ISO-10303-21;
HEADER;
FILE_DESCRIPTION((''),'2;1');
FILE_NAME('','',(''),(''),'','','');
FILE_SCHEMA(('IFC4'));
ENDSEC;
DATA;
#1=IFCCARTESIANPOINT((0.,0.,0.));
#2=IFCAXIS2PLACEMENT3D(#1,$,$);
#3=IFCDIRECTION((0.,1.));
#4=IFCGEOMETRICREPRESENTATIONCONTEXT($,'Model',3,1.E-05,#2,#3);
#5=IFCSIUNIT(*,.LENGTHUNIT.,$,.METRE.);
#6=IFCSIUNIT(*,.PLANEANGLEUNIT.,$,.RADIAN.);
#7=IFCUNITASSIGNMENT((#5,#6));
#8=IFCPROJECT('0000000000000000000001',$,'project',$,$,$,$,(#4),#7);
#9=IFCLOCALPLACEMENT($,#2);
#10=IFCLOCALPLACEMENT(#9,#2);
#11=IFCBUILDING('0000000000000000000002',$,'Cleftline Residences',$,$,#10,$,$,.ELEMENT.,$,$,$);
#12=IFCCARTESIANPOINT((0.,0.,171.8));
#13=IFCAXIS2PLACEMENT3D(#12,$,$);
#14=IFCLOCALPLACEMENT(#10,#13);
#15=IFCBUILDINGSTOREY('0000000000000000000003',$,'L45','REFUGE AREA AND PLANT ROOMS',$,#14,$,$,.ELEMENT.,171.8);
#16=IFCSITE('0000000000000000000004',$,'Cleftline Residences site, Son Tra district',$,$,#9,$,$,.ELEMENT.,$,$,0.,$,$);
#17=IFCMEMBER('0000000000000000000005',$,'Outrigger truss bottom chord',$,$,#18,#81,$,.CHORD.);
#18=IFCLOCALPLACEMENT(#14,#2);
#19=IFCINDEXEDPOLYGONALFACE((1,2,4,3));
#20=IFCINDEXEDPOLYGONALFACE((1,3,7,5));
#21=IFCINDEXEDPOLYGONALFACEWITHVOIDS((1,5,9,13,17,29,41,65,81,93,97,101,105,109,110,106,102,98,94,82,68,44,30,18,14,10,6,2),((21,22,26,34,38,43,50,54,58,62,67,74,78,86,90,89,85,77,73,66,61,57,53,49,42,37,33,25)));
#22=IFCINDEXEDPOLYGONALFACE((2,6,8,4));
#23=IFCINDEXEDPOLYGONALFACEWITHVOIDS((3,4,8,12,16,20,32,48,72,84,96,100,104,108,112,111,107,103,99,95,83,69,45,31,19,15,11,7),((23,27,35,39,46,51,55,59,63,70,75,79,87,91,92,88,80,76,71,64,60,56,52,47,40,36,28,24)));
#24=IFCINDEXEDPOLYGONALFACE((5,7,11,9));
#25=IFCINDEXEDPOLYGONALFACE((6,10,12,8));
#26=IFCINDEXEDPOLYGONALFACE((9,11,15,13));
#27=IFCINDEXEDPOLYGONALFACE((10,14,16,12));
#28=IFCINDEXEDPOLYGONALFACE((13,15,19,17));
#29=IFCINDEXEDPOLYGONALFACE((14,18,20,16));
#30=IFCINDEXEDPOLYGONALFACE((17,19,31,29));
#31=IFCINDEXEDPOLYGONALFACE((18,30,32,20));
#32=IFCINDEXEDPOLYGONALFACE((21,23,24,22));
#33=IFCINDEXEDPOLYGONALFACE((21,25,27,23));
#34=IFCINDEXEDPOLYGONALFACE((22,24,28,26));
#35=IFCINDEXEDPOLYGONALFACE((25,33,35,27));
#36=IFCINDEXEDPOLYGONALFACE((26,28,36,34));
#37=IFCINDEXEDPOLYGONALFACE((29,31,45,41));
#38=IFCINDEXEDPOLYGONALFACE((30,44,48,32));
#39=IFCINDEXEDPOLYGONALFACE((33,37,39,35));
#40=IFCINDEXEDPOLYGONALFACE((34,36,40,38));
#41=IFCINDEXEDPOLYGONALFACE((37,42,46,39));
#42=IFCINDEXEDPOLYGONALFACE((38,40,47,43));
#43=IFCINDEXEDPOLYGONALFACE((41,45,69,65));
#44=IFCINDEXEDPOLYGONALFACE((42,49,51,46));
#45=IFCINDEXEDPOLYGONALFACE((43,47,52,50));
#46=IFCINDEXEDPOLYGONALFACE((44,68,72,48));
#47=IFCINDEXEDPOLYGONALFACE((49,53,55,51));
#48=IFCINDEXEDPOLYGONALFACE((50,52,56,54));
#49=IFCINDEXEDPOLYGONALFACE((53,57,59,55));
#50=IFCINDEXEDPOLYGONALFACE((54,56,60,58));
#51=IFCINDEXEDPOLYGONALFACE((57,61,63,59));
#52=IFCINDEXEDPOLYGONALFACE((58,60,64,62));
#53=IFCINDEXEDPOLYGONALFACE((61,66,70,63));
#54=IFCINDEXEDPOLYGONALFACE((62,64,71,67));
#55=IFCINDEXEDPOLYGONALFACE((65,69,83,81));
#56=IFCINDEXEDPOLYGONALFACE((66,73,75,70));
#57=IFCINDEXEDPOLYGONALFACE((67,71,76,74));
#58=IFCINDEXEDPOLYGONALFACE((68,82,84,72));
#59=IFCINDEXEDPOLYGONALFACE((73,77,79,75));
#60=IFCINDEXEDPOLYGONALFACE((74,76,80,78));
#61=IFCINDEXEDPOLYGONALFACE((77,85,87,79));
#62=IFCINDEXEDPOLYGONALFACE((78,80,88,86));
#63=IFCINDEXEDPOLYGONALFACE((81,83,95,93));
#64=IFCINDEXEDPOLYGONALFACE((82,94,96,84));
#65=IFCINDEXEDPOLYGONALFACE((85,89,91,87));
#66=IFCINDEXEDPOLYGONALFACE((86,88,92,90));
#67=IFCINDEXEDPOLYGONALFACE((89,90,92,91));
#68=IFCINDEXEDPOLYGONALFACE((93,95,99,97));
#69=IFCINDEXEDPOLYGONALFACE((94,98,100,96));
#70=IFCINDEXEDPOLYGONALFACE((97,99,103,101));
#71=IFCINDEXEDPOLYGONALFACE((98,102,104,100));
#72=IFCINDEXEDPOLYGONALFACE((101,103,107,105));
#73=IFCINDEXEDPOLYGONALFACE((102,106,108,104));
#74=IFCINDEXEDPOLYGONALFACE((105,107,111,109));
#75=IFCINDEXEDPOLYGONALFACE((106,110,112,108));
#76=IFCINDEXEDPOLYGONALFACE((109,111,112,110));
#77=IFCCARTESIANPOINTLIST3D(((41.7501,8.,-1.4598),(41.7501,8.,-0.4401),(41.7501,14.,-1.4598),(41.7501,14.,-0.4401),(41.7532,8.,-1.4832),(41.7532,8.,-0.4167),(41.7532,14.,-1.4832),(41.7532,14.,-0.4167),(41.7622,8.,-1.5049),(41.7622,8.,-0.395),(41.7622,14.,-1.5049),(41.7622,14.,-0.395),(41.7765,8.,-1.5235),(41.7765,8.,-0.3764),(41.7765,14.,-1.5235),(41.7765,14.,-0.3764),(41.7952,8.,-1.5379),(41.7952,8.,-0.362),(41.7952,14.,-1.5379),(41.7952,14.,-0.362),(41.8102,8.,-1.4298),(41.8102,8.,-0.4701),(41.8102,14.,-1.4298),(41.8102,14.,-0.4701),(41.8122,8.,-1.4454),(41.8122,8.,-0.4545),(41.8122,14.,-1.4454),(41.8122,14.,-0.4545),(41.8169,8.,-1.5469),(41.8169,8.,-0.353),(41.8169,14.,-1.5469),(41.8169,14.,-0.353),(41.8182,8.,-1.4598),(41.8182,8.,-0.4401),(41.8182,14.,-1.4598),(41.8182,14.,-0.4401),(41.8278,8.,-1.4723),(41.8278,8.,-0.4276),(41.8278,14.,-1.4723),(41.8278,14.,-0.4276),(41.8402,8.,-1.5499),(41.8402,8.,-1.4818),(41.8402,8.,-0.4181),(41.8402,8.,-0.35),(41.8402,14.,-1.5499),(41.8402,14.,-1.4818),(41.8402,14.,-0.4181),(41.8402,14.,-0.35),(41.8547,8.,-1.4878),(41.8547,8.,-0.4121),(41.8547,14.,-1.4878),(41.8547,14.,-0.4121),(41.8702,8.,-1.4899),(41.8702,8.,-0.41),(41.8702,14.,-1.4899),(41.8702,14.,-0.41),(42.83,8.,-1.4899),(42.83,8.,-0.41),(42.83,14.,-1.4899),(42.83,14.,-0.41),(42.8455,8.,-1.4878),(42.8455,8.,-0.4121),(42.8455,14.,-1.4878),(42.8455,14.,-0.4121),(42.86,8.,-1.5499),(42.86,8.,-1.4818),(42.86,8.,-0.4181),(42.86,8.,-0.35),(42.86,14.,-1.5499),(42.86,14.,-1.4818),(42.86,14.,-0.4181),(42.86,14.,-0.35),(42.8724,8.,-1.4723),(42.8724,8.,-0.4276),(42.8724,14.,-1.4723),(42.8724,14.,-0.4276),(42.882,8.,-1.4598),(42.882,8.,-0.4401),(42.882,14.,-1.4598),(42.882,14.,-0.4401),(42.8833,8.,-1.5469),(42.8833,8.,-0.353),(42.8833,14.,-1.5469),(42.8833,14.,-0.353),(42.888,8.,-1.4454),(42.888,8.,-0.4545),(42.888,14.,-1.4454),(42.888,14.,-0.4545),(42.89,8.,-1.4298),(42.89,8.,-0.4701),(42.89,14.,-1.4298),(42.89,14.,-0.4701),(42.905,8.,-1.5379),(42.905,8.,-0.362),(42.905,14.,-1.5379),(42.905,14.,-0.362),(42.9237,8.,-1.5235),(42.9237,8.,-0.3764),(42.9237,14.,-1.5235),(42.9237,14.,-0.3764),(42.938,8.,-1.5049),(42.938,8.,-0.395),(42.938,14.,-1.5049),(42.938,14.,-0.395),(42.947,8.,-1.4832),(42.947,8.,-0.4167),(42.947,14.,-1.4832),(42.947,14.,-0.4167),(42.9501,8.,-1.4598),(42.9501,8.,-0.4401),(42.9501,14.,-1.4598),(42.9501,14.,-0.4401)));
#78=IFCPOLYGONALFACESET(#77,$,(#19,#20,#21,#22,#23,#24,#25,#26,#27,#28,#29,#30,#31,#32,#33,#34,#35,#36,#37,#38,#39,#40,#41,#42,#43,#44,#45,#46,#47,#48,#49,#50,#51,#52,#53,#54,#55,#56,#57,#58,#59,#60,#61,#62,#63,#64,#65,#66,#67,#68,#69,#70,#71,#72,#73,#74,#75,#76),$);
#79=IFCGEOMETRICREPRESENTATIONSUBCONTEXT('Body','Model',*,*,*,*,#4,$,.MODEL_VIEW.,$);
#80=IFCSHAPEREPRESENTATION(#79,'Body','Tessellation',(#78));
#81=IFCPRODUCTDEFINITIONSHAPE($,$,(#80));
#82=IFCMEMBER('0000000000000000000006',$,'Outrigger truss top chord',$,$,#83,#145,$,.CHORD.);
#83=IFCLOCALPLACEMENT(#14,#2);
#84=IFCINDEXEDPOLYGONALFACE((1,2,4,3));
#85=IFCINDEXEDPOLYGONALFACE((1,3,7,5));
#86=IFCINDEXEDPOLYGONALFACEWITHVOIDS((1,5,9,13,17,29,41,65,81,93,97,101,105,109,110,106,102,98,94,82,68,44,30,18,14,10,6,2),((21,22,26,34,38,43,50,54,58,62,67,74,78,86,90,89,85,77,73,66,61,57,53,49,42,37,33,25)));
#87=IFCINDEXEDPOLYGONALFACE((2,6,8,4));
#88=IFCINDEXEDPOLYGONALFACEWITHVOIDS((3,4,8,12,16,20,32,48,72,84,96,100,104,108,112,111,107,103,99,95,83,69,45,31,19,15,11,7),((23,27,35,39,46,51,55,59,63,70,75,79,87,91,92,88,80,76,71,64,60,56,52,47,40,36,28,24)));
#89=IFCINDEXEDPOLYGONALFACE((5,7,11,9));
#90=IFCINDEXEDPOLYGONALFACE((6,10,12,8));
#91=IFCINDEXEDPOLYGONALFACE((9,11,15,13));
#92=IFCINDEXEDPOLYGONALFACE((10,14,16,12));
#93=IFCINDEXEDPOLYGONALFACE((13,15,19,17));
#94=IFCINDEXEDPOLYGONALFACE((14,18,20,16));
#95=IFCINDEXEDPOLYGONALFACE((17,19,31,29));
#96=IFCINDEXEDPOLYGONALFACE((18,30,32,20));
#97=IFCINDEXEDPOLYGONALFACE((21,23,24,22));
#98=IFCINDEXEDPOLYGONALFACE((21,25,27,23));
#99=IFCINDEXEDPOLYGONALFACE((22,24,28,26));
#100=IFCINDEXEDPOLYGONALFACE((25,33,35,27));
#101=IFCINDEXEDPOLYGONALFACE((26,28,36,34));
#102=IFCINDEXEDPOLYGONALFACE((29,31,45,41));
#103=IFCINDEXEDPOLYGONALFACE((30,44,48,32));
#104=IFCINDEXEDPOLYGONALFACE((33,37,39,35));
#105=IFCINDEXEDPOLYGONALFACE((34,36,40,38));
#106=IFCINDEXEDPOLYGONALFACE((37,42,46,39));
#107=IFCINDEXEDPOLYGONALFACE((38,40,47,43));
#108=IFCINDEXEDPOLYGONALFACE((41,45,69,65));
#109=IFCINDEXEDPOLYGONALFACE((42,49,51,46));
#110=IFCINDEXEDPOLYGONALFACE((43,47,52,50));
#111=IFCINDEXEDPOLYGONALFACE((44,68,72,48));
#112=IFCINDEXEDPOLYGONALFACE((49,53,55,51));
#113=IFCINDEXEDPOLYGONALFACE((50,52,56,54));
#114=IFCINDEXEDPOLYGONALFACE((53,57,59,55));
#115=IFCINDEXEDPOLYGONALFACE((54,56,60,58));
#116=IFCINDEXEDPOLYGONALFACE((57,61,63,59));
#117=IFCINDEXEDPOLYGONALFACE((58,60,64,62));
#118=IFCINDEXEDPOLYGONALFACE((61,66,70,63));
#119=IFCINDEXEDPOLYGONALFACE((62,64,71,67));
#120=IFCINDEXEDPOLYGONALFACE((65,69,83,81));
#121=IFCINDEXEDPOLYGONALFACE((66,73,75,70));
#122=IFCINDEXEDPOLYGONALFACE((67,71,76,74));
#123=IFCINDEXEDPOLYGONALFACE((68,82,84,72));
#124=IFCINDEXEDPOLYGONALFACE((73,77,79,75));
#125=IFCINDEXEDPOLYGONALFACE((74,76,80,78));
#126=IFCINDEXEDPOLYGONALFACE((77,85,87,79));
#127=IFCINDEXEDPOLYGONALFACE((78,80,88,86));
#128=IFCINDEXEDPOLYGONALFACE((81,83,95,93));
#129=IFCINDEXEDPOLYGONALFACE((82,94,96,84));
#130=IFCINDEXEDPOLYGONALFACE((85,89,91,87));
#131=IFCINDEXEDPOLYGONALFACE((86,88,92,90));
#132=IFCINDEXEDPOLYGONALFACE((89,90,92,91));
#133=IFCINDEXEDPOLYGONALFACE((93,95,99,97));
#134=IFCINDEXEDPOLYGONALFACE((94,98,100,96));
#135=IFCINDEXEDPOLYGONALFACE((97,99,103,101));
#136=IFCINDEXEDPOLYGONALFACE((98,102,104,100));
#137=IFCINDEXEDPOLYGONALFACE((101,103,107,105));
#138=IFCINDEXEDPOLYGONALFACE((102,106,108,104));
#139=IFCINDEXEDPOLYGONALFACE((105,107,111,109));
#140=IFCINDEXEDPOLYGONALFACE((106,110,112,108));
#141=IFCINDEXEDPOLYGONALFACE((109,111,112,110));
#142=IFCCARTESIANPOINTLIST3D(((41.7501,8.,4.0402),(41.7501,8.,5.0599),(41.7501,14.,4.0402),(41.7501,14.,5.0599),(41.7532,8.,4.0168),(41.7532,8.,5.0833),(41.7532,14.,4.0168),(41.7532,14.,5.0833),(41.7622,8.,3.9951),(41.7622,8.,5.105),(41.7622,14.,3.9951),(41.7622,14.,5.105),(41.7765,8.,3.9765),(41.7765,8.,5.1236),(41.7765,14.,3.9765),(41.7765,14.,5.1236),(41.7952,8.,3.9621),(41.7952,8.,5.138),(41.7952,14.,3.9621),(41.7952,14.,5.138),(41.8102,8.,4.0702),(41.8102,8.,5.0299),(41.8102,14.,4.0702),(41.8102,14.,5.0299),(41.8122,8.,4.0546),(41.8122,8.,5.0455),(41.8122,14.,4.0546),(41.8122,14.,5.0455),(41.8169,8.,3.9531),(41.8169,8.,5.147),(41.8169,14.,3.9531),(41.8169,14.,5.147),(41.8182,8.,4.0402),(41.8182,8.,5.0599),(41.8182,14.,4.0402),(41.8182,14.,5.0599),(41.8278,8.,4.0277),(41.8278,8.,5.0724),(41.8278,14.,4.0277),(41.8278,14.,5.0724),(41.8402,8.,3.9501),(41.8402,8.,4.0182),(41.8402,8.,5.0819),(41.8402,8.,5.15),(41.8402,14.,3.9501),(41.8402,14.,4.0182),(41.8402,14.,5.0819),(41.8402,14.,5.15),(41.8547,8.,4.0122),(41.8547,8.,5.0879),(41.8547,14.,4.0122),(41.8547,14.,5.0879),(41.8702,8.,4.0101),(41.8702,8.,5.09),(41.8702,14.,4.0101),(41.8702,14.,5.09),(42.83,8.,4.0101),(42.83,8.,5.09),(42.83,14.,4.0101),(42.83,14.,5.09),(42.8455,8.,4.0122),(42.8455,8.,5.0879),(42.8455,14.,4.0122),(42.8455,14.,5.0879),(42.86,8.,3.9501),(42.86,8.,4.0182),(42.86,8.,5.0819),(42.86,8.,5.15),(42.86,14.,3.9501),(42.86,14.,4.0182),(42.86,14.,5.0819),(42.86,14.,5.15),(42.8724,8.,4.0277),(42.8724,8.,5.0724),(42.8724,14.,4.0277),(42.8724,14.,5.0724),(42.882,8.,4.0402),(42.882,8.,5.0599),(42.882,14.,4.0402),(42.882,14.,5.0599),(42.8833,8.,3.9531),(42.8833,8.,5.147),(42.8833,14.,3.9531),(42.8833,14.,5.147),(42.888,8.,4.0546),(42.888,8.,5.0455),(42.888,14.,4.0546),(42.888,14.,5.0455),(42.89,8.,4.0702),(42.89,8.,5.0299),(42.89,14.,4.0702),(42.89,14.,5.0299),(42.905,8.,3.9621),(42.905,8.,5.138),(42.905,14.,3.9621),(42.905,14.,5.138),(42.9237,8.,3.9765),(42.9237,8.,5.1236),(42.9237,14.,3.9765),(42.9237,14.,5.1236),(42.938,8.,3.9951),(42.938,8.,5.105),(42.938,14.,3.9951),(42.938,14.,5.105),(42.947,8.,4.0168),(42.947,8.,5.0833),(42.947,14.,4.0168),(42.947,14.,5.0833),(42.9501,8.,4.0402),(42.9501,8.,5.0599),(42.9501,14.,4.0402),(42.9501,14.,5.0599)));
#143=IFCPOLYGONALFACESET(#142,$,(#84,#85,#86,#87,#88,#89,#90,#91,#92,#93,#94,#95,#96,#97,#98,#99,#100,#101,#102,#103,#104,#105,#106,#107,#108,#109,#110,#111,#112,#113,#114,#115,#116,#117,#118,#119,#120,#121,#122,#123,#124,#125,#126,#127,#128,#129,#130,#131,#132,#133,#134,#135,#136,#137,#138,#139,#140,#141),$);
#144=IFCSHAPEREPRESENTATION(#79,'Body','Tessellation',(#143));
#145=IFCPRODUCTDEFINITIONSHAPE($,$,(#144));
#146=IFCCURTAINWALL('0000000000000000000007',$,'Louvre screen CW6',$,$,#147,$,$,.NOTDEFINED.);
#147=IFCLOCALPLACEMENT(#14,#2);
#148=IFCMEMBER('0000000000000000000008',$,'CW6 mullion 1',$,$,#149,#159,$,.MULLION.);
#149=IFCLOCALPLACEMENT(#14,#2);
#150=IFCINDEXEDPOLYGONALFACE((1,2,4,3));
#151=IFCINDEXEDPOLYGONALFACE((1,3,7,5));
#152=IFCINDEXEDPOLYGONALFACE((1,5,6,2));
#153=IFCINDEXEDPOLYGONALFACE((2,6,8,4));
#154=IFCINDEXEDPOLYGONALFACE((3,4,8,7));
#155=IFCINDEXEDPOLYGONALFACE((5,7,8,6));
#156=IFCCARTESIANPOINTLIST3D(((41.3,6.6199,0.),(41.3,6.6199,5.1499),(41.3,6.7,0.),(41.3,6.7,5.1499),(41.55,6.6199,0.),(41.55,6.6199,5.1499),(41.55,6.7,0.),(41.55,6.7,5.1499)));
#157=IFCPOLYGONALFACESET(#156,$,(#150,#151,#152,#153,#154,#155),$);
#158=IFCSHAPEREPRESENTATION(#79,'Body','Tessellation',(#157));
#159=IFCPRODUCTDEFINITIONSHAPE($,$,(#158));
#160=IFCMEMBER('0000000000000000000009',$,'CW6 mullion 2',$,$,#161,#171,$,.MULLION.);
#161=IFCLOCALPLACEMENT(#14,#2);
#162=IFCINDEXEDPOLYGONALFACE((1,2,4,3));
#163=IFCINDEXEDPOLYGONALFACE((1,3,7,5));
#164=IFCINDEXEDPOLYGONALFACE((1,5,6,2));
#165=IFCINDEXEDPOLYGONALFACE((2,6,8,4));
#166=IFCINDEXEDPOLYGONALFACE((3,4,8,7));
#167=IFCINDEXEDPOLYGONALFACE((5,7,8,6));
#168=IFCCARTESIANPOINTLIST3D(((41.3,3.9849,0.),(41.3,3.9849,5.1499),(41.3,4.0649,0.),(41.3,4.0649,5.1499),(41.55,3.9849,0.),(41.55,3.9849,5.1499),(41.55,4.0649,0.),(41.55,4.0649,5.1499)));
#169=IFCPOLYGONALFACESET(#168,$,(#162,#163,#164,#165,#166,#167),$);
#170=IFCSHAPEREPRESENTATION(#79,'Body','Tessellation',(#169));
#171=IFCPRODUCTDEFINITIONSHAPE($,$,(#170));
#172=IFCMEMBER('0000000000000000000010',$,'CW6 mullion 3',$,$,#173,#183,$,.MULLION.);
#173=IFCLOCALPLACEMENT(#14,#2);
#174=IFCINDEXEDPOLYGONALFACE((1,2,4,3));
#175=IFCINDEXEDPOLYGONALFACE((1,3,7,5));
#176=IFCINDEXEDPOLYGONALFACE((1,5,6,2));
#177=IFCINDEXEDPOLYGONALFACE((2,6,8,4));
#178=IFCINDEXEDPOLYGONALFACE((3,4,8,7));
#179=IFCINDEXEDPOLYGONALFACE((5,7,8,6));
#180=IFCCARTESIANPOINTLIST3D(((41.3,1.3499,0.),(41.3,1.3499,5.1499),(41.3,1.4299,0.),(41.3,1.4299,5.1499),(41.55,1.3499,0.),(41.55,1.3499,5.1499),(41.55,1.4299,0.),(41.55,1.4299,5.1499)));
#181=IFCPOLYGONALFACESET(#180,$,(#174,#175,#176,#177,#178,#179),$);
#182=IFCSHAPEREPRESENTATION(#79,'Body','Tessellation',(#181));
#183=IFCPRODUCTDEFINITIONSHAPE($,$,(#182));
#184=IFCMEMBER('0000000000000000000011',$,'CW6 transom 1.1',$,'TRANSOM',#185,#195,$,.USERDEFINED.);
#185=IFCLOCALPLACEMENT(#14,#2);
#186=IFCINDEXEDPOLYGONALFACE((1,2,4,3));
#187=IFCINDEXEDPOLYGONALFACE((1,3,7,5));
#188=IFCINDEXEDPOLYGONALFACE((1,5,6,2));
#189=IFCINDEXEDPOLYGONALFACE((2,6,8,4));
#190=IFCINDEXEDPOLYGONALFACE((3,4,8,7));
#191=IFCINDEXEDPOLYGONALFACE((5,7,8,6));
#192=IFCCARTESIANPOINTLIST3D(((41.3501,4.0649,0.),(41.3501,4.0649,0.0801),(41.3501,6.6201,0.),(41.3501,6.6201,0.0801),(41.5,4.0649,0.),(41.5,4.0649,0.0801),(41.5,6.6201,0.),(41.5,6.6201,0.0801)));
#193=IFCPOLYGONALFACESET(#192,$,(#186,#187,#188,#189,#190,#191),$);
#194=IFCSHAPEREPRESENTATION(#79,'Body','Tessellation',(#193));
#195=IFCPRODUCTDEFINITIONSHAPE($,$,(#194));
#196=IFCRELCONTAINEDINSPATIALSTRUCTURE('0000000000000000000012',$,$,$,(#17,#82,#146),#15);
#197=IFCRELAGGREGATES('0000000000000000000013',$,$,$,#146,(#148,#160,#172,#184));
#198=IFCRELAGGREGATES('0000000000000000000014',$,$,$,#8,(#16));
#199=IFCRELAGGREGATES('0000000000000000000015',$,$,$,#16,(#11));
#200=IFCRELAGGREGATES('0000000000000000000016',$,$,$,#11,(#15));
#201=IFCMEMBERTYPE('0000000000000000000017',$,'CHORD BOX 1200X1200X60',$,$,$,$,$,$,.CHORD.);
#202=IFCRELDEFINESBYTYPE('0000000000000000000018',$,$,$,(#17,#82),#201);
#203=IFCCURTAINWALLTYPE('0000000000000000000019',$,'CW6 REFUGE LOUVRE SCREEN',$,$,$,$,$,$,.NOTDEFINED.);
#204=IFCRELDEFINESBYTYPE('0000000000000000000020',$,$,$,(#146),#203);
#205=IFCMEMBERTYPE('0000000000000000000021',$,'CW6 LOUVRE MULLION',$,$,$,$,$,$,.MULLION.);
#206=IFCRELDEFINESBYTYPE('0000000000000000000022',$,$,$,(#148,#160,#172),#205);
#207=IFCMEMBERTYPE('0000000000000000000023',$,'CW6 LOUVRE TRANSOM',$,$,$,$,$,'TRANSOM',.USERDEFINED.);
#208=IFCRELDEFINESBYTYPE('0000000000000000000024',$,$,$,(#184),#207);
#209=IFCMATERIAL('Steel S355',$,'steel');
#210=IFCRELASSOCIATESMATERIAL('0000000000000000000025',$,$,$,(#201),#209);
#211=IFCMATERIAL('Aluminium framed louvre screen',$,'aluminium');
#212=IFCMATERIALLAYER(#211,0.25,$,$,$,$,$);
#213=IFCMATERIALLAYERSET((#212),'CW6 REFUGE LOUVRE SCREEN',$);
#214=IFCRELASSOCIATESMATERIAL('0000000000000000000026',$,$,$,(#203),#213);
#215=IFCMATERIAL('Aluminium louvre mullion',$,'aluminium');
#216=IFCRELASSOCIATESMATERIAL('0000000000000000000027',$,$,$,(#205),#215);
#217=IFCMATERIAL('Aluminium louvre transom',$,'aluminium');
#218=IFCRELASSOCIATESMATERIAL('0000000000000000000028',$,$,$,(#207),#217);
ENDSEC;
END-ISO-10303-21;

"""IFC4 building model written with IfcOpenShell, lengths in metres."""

from ifc_helpers import new_model, si_unit, direction, frame, origin, origin_2d, place, context, subcontext, project, spatial, rectangle, hollow_rectangle, extrude, material, layer, layer_set, material_profile, profile_set, type_object, element, aggregate, save


model = new_model("IFC4")

# Units and contexts
model_context = context("Model", 3, precision=1e-05, world=origin(), true_north=direction((0.0, 1.0)))
body_context = subcontext(model_context, "Body", "Model", "MODEL_VIEW")
ifc_project = project(units=[si_unit("LENGTHUNIT", "METRE"), si_unit("PLANEANGLEUNIT", "RADIAN")], contexts=[model_context])

# Site, building, storey
site_placement = place(None, origin())
site = spatial("IfcSite", under=ifc_project, at=site_placement, Name="Cleftline Residences site, Son Tra district", CompositionType="ELEMENT", RefElevation=0.0)
building_placement = place(site_placement, origin())
building = spatial("IfcBuilding", under=site, at=building_placement, Name="Cleftline Residences", CompositionType="ELEMENT")
storey_placement = place(building_placement, frame((0.0, 0.0, 171.8)))
storey = spatial("IfcBuildingStorey", under=building, at=storey_placement, Name="L45", Description="REFUGE AREA AND PLANT ROOMS", CompositionType="ELEMENT", Elevation=171.8)

# Members
ifc_material_1 = material(Name="Steel S355", Category="steel")
ifc_material_profile_1 = material_profile(ifc_material_1, hollow_rectangle(XDim=1.2, YDim=1.2, WallThickness=0.0601, InnerFilletRadius=0.0601, OuterFilletRadius=0.0901, at=origin_2d()))
ifc_profile_set_1 = profile_set([ifc_material_profile_1], Name="Steel S355")
member_type_1 = type_object("IfcMemberType", Name="CHORD BOX 1200X1200X60", PredefinedType="CHORD", material=ifc_profile_set_1)
for number, where, z_axis, x_axis, name in (
    (1, (42.3501, 8.0, -0.95), (0.0, 1.0, 0.0), (-1.0, 0.0, 0.0), "Outrigger truss bottom chord"),
    (2, (42.3501, 8.0, 4.55), (0.0, 1.0, 0.0), (-1.0, 0.0, 0.0), "Outrigger truss top chord"),
):
    element("IfcMember", number, at=place(storey_placement, frame(where, z_axis=z_axis, x_axis=x_axis)), inside=storey, type_object=member_type_1, Name=name, PredefinedType="CHORD", context=body_context, shape_type="SweptSolid", body=[
        extrude(hollow_rectangle(XDim=1.2, YDim=1.2, WallThickness=0.0601, InnerFilletRadius=0.0601, OuterFilletRadius=0.0901, at=origin_2d()), origin(), (0.0, 0.0, 1.0), 6.0),
    ])

# Curtain wall, members
ifc_material_2 = material(Name="Aluminium framed louvre screen", Category="aluminium")
ifc_layer_1 = layer(ifc_material_2, 0.25)
ifc_layer_set_1 = layer_set([ifc_layer_1], Name="CW6 REFUGE LOUVRE SCREEN")
curtain_wall_type = type_object("IfcCurtainWallType", Name="CW6 REFUGE LOUVRE SCREEN", PredefinedType="NOTDEFINED", material=ifc_layer_set_1)
curtain_wall_placement = place(storey_placement, origin())
curtain_wall = element("IfcCurtainWall", 3, at=curtain_wall_placement, inside=storey, type_object=curtain_wall_type, Name="Louvre screen CW6", PredefinedType="NOTDEFINED")
ifc_material_3 = material(Name="Aluminium louvre mullion", Category="aluminium")
ifc_material_profile_2 = material_profile(ifc_material_3, rectangle(XDim=0.25, YDim=0.0801, at=origin_2d()))
ifc_profile_set_2 = profile_set([ifc_material_profile_2], Name="Aluminium louvre mullion")
member_type_2 = type_object("IfcMemberType", Name="CW6 LOUVRE MULLION", PredefinedType="MULLION", material=ifc_profile_set_2)
member_1_placement = place(storey_placement, frame((41.425, 6.6599, 0.0), z_axis=(0.0, 0.0, 1.0), x_axis=(1.0, 0.0, 0.0)))
member_1 = element("IfcMember", 4, at=member_1_placement, type_object=member_type_2, Name="CW6 mullion 1", PredefinedType="MULLION", context=body_context, shape_type="SweptSolid", body=[
    extrude(rectangle(XDim=0.25, YDim=0.0801, at=origin_2d()), origin(), (0.0, 0.0, 1.0), 5.1499),
])
member_2_placement = place(storey_placement, frame((41.425, 4.0249, 0.0), z_axis=(0.0, 0.0, 1.0), x_axis=(1.0, 0.0, 0.0)))
member_2 = element("IfcMember", 5, at=member_2_placement, type_object=member_type_2, Name="CW6 mullion 2", PredefinedType="MULLION", context=body_context, shape_type="SweptSolid", body=[
    extrude(rectangle(XDim=0.25, YDim=0.0801, at=origin_2d()), origin(), (0.0, 0.0, 1.0), 5.1499),
])
member_3_placement = place(storey_placement, frame((41.425, 1.3899, 0.0), z_axis=(0.0, 0.0, 1.0), x_axis=(1.0, 0.0, 0.0)))
member_3 = element("IfcMember", 6, at=member_3_placement, type_object=member_type_2, Name="CW6 mullion 3", PredefinedType="MULLION", context=body_context, shape_type="SweptSolid", body=[
    extrude(rectangle(XDim=0.25, YDim=0.0801, at=origin_2d()), origin(), (0.0, 0.0, 1.0), 5.1499),
])
ifc_material_4 = material(Name="Aluminium louvre transom", Category="aluminium")
ifc_material_profile_3 = material_profile(ifc_material_4, rectangle(XDim=0.1499, YDim=0.0801, at=origin_2d()))
ifc_profile_set_3 = profile_set([ifc_material_profile_3], Name="Aluminium louvre transom")
member_type_3 = type_object("IfcMemberType", Name="CW6 LOUVRE TRANSOM", ElementType="TRANSOM", PredefinedType="USERDEFINED", material=ifc_profile_set_3)
member_4_placement = place(storey_placement, frame((41.425, 6.6201, 0.04), z_axis=(0.0, -1.0, 0.0), x_axis=(1.0, 0.0, 0.0)))
member_4 = element("IfcMember", 7, at=member_4_placement, type_object=member_type_3, Name="CW6 transom 1.1", ObjectType="TRANSOM", PredefinedType="USERDEFINED", context=body_context, shape_type="SweptSolid", body=[
    extrude(rectangle(XDim=0.1499, YDim=0.0801, at=origin_2d()), origin(), (0.0, 0.0, 1.0), 2.5552),
])
aggregate(curtain_wall, [member_1, member_2, member_3, member_4])

save(model, "model.ifc")
